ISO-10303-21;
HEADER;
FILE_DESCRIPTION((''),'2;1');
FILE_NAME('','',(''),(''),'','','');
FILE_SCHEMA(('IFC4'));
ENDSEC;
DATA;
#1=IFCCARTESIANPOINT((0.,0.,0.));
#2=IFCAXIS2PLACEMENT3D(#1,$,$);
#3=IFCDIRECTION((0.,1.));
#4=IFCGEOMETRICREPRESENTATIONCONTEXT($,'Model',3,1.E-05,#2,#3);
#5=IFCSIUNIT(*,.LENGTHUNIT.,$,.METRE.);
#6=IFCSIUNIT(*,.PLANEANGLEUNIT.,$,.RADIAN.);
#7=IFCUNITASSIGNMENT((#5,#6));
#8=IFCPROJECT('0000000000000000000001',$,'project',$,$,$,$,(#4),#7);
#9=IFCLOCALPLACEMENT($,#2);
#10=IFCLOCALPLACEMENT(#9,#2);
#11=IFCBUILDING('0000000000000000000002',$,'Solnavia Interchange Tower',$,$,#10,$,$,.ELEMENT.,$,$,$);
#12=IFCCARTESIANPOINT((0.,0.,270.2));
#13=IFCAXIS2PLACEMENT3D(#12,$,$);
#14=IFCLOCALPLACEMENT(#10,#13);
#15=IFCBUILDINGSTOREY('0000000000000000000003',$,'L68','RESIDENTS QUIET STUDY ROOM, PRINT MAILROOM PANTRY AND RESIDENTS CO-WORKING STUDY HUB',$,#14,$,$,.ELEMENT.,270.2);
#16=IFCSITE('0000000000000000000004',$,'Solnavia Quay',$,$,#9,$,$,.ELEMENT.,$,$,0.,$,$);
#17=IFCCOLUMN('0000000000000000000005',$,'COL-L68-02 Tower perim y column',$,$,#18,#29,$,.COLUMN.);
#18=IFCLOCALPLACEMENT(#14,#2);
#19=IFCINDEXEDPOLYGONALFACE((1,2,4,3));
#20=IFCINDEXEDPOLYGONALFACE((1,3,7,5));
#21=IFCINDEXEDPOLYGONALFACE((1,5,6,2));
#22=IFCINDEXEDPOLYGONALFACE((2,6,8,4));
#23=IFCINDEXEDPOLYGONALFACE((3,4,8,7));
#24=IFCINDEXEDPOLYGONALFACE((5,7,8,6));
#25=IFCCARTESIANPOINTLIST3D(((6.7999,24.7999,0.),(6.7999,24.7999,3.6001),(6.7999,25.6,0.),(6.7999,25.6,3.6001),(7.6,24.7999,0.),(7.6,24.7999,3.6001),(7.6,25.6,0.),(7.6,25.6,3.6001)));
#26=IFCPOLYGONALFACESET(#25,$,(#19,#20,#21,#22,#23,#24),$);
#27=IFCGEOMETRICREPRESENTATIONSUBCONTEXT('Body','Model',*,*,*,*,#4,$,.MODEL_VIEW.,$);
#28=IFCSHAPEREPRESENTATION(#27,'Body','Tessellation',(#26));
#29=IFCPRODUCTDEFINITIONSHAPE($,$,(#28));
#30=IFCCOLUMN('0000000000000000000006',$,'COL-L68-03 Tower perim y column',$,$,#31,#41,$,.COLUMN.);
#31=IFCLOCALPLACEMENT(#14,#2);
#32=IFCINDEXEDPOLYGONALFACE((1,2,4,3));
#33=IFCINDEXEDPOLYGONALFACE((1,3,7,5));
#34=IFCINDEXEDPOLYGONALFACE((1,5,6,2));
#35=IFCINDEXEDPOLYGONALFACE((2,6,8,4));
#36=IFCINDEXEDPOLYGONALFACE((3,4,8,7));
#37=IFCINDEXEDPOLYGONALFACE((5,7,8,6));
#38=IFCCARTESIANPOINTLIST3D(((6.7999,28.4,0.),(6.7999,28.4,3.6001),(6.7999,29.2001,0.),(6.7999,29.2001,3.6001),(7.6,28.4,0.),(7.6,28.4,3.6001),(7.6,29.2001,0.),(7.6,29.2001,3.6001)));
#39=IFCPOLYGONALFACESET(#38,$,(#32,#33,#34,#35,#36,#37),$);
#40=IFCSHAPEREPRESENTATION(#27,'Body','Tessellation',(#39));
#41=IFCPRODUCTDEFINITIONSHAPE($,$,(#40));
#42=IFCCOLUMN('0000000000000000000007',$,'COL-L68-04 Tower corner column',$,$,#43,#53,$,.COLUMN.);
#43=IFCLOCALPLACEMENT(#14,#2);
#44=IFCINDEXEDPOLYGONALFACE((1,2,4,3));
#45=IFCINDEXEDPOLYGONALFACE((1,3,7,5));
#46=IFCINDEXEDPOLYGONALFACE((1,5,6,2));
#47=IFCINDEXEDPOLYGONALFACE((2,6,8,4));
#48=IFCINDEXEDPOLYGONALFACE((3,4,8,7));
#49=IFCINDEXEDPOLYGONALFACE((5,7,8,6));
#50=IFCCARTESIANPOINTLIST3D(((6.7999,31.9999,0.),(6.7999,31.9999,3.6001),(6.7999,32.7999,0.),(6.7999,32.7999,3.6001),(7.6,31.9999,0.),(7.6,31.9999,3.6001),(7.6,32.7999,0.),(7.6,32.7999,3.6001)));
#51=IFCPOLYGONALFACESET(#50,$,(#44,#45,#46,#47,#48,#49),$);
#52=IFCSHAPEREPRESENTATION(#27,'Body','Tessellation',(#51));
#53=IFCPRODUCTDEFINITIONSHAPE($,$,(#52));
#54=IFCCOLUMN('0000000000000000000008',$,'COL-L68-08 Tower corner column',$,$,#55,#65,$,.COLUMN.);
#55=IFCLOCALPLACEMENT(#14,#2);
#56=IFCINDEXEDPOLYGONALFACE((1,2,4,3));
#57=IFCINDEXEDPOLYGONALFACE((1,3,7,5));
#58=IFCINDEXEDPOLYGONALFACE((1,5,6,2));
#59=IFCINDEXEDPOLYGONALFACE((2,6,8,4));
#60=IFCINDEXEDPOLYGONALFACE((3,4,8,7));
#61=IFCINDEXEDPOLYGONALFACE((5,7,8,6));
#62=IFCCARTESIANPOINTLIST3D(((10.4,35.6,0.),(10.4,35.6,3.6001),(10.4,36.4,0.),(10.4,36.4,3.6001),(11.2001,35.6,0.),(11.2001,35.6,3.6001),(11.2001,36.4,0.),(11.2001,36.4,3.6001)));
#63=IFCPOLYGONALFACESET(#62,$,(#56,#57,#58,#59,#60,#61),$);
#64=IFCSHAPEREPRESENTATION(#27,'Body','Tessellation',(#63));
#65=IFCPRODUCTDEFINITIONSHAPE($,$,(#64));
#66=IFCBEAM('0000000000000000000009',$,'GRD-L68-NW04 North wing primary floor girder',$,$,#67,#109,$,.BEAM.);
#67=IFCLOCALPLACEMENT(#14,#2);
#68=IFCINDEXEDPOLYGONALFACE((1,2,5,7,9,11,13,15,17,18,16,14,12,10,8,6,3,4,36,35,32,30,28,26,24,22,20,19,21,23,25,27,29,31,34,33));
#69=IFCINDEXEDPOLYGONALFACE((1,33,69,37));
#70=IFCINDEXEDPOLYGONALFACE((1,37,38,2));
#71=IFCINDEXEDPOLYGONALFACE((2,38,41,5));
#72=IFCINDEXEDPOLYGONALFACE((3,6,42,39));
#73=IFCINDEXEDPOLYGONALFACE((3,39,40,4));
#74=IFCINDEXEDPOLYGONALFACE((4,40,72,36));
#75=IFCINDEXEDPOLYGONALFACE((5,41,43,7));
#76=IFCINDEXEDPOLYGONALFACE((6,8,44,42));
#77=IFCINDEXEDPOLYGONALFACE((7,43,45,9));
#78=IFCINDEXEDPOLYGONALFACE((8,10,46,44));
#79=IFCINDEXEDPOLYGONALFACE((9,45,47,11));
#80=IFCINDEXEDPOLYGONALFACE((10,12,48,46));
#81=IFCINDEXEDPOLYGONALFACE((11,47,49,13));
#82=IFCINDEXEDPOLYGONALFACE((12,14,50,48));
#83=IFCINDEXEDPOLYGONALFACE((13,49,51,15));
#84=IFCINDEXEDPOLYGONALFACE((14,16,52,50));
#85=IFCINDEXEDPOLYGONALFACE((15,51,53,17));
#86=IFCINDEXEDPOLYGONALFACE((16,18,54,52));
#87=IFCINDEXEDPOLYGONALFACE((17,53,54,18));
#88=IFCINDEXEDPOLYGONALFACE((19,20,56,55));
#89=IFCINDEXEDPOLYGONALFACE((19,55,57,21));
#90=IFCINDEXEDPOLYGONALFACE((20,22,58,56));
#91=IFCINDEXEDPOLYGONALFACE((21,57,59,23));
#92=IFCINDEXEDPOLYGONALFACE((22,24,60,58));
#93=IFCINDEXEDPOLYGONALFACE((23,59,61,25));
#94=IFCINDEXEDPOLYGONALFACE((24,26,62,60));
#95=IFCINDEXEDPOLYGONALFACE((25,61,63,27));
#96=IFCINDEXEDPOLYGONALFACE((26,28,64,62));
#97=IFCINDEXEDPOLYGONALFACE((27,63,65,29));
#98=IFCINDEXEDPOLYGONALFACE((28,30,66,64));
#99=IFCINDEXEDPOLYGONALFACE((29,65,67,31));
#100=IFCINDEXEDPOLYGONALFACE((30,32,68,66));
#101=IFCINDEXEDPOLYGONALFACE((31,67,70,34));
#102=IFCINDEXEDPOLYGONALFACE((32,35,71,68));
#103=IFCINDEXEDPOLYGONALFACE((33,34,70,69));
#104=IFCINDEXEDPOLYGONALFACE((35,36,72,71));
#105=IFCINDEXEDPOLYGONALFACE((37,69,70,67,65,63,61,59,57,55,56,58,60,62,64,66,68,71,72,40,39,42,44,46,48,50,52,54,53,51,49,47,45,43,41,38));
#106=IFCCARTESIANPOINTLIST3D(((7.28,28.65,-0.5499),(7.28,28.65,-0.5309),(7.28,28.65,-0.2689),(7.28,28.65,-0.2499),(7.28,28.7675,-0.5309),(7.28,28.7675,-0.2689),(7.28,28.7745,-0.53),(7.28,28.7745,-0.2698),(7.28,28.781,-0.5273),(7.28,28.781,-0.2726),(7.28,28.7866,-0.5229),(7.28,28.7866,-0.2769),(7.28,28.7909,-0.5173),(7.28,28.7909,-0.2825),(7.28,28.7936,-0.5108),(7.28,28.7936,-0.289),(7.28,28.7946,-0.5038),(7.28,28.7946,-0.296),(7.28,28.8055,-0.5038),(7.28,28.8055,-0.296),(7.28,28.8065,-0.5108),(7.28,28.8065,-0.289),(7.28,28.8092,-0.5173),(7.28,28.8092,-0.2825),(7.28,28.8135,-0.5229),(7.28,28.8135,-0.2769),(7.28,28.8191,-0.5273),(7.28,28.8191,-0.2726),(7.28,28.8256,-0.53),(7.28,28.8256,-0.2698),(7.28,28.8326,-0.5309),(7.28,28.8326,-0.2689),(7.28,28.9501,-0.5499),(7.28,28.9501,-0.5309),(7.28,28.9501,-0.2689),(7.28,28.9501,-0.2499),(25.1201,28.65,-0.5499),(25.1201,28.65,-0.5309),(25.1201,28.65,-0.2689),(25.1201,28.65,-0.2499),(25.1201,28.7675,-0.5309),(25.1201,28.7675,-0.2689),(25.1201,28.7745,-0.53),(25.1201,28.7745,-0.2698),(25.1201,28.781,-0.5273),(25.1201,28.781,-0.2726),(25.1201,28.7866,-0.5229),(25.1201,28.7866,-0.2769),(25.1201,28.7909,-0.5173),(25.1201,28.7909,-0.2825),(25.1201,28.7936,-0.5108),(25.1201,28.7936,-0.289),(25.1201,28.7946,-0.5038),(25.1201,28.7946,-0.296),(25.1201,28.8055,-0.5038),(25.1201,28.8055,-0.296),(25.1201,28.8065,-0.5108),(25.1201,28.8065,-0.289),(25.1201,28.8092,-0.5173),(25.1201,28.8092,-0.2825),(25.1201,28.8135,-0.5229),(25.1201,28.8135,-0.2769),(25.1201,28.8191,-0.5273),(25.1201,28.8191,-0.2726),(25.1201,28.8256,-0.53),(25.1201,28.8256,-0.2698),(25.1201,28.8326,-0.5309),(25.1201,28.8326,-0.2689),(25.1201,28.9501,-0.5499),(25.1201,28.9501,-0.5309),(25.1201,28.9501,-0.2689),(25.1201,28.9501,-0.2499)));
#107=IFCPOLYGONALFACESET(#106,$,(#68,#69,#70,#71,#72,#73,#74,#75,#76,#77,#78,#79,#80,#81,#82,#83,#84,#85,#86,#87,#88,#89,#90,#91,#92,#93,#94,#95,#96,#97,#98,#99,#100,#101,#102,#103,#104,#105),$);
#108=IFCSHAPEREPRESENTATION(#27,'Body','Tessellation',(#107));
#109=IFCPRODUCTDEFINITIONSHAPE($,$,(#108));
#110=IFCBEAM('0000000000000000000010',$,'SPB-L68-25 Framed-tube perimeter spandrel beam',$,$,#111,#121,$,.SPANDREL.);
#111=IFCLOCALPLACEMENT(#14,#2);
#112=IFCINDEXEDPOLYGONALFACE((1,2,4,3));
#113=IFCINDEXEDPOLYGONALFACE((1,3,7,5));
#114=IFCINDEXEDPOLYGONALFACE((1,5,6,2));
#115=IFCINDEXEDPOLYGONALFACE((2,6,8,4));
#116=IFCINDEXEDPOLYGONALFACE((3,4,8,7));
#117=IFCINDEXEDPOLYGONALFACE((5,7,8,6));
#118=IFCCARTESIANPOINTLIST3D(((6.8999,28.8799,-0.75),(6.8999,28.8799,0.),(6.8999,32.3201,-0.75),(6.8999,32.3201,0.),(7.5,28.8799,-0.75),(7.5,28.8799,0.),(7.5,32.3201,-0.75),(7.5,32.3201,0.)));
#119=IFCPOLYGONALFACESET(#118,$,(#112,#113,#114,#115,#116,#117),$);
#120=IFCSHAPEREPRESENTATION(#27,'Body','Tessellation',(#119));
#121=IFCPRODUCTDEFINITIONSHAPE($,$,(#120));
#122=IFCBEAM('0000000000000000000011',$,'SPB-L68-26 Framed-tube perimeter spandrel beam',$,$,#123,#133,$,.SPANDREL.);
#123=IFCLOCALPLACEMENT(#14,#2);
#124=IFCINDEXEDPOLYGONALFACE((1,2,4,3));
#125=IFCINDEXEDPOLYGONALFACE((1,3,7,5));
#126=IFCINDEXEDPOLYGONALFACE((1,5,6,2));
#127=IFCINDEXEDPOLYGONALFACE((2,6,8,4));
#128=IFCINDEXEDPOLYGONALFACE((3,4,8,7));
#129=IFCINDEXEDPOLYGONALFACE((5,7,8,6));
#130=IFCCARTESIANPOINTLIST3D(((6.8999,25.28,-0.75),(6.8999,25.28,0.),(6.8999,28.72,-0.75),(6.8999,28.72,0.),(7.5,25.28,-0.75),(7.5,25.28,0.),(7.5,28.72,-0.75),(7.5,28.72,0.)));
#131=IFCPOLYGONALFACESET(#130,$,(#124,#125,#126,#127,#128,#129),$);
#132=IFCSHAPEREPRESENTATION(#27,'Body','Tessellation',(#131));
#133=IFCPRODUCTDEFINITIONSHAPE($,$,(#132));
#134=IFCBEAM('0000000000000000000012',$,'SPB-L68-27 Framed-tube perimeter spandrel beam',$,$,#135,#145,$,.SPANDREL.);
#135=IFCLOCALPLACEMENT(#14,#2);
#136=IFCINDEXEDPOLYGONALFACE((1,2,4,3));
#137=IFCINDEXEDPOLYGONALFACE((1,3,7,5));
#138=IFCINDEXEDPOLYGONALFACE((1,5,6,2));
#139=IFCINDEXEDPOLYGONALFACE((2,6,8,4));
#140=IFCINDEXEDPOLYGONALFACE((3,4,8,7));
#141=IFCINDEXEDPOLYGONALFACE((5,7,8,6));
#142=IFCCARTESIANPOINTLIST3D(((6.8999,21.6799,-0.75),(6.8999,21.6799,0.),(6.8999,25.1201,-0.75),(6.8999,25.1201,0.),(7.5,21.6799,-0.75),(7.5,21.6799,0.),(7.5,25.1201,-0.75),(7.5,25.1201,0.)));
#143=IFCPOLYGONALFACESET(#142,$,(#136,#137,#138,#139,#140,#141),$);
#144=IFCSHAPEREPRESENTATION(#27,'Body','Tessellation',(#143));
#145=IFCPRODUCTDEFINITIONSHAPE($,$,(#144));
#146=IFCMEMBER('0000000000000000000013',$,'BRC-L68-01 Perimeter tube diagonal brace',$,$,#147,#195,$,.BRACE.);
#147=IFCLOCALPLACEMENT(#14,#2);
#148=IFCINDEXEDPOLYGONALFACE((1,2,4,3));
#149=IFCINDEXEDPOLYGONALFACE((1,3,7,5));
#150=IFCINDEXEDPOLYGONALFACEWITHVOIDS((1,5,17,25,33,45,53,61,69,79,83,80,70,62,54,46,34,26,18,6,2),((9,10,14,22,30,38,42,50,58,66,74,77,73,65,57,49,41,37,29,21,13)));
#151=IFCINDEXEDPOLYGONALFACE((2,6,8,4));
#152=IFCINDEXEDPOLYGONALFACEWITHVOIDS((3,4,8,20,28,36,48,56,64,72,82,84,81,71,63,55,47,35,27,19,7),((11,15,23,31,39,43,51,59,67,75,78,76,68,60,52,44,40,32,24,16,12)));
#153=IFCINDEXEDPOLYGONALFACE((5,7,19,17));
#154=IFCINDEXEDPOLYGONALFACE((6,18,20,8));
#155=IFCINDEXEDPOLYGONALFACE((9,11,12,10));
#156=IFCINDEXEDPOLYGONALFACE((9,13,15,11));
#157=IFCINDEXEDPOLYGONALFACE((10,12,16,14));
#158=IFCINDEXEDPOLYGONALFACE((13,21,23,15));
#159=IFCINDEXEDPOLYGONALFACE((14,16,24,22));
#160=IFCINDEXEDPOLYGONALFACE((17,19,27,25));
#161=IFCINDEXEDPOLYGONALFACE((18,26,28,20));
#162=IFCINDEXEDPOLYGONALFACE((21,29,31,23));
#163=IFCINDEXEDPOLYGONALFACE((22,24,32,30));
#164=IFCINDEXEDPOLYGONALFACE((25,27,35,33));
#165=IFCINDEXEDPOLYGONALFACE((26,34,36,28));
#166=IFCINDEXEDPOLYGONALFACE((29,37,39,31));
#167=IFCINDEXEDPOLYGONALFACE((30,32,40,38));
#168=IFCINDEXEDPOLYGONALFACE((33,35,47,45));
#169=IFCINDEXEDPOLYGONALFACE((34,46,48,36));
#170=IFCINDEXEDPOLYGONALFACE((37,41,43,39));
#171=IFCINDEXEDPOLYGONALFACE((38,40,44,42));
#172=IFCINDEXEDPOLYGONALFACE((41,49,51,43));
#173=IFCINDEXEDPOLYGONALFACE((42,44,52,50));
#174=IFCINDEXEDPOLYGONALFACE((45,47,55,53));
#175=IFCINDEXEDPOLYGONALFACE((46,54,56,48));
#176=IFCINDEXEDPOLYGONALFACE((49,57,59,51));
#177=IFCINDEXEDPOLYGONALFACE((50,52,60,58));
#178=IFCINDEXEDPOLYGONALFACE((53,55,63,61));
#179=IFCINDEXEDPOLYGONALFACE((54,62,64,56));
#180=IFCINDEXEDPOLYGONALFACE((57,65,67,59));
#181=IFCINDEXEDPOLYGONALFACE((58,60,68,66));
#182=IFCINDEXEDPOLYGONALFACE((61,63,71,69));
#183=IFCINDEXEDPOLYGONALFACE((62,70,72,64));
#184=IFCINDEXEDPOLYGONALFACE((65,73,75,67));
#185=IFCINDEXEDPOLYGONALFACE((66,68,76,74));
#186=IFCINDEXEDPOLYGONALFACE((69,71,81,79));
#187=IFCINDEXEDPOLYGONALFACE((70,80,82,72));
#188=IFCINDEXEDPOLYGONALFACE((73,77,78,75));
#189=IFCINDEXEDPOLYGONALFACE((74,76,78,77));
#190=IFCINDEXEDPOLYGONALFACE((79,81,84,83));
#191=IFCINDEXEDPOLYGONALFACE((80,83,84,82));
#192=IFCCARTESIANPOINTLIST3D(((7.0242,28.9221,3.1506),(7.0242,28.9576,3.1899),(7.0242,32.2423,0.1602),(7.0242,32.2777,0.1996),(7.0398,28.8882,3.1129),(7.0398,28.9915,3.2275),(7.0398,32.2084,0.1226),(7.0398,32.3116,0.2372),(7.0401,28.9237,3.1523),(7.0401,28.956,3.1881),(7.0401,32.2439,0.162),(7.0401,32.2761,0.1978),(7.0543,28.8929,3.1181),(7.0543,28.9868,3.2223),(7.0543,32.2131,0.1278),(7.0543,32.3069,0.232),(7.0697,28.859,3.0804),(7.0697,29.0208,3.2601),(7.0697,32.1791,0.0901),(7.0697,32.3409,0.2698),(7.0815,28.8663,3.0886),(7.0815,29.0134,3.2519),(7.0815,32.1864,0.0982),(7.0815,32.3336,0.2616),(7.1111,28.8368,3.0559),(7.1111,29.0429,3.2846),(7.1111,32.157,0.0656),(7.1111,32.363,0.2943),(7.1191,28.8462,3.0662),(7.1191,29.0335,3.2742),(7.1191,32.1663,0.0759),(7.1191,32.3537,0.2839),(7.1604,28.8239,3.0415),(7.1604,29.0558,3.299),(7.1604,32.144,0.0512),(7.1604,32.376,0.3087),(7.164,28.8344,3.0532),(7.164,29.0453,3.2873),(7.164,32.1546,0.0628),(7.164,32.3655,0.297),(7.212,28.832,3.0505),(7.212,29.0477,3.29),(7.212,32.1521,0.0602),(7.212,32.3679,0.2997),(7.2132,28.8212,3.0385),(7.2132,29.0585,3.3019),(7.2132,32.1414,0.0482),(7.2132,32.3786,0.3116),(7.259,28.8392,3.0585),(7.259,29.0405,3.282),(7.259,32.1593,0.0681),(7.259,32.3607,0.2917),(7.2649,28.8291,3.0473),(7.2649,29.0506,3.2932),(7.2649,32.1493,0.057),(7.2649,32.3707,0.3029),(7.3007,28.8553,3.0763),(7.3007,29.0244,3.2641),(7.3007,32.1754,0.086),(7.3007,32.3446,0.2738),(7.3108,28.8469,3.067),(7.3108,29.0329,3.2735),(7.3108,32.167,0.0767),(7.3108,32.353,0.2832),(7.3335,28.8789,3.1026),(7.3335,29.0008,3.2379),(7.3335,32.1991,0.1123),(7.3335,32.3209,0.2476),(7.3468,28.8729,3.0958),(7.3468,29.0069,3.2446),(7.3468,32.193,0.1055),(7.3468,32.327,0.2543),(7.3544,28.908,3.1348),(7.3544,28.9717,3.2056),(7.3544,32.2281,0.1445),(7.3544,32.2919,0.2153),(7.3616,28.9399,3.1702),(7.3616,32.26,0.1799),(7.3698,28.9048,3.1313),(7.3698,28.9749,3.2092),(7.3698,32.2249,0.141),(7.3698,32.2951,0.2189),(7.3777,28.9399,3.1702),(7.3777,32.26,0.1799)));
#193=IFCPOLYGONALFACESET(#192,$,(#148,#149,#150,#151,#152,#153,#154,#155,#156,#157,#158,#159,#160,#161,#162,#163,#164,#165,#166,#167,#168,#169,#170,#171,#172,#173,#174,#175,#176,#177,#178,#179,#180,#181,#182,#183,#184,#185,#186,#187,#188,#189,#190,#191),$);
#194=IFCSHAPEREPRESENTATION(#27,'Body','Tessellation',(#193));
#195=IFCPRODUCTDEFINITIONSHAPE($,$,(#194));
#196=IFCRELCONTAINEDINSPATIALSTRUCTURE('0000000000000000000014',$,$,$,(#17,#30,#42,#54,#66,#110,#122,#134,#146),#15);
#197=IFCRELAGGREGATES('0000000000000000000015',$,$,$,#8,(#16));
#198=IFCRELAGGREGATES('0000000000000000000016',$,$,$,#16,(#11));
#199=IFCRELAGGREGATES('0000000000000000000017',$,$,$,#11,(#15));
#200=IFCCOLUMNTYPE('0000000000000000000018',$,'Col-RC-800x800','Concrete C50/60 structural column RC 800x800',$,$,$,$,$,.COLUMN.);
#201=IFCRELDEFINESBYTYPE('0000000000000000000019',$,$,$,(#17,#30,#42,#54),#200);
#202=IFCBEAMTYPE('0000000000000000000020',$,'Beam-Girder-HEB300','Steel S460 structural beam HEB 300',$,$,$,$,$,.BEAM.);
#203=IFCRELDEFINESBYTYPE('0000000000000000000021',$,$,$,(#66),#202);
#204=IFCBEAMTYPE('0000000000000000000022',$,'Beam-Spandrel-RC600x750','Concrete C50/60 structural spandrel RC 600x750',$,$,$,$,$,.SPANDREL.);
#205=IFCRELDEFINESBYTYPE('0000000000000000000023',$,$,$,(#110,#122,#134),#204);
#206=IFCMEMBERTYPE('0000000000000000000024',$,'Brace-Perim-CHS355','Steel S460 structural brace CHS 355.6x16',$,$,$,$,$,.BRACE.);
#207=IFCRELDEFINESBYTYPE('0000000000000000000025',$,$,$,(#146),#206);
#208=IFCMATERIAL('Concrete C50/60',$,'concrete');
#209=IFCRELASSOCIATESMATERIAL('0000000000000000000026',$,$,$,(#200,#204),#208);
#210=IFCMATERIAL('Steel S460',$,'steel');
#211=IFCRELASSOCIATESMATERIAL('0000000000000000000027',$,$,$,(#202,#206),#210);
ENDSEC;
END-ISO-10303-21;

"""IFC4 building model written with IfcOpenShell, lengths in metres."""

from ifc_helpers import new_model, si_unit, direction, frame, origin, origin_2d, place, context, subcontext, project, spatial, rectangle, hollow_circle, i_section, extrude, material, material_profile, profile_set, type_object, element, save


model = new_model("IFC4")

# Units and contexts
model_context = context("Model", 3, precision=1e-05, world=origin(), true_north=direction((0.0, 1.0)))
body_context = subcontext(model_context, "Body", "Model", "MODEL_VIEW")
ifc_project = project(units=[si_unit("LENGTHUNIT", "METRE"), si_unit("PLANEANGLEUNIT", "RADIAN")], contexts=[model_context])

# Site, building, storey
site_placement = place(None, origin())
site = spatial("IfcSite", under=ifc_project, at=site_placement, Name="Solnavia Quay", CompositionType="ELEMENT", RefElevation=0.0)
building_placement = place(site_placement, origin())
building = spatial("IfcBuilding", under=site, at=building_placement, Name="Solnavia Interchange Tower", CompositionType="ELEMENT")
storey_placement = place(building_placement, frame((0.0, 0.0, 270.2)))
storey = spatial("IfcBuildingStorey", under=building, at=storey_placement, Name="L68", Description="RESIDENTS QUIET STUDY ROOM, PRINT MAILROOM PANTRY AND RESIDENTS CO-WORKING STUDY HUB", CompositionType="ELEMENT", Elevation=270.2)

# Columns
ifc_material_1 = material(Name="Concrete C50/60", Category="concrete")
ifc_material_profile_1 = material_profile(ifc_material_1, rectangle(XDim=0.8, YDim=0.8, at=origin_2d()), Name="RC 800x800")
ifc_profile_set_1 = profile_set([ifc_material_profile_1], Name="Concrete C50/60")
column_type = type_object("IfcColumnType", Name="Col-RC-800x800", Description="Concrete C50/60 structural column RC 800x800", PredefinedType="COLUMN", material=ifc_profile_set_1)
for number, where, z_axis, x_axis, name in (
    (1, (7.2, 25.2, 0.0), (0.0, 0.0, 1.0), (0.0, 1.0, 0.0), "COL-L68-02 Tower perim y column"),
    (2, (7.2, 28.8, 0.0), (0.0, 0.0, 1.0), (0.0, 1.0, 0.0), "COL-L68-03 Tower perim y column"),
    (3, (7.2, 32.3999, 0.0), (0.0, 0.0, 1.0), (0.0, 1.0, 0.0), "COL-L68-04 Tower corner column"),
    (4, (10.8, 36.0, 0.0), (0.0, 0.0, 1.0), (1.0, 0.0, 0.0), "COL-L68-08 Tower corner column"),
):
    element("IfcColumn", number, at=place(storey_placement, frame(where, z_axis=z_axis, x_axis=x_axis)), inside=storey, type_object=column_type, Name=name, PredefinedType="COLUMN", context=body_context, shape_type="SweptSolid", body=[
        extrude(rectangle(XDim=0.8, YDim=0.8, at=origin_2d()), origin(), (0.0, 0.0, 1.0), 3.6001),
    ])

# Beams
ifc_material_2 = material(Name="Steel S460", Category="steel")
ifc_material_profile_2 = material_profile(ifc_material_2, i_section(OverallWidth=0.3, OverallDepth=0.3, WebThickness=0.011, FlangeThickness=0.019, FilletRadius=0.0271, at=origin_2d()), Name="HEB 300")
ifc_profile_set_2 = profile_set([ifc_material_profile_2], Name="Steel S460")
beam_type_1 = type_object("IfcBeamType", Name="Beam-Girder-HEB300", Description="Steel S460 structural beam HEB 300", PredefinedType="BEAM", material=ifc_profile_set_2)
beam_1_placement = place(storey_placement, frame((7.28, 28.8, -0.3999), z_axis=(1.0, 0.0, 0.0), x_axis=(0.0, 1.0, 0.0)))
element("IfcBeam", 5, at=beam_1_placement, inside=storey, type_object=beam_type_1, Name="GRD-L68-NW04 North wing primary floor girder", PredefinedType="BEAM", context=body_context, shape_type="SweptSolid", body=[
    extrude(i_section(OverallWidth=0.3, OverallDepth=0.3, WebThickness=0.011, FlangeThickness=0.019, FilletRadius=0.0271, at=origin_2d()), origin(), (0.0, 0.0, 1.0), 17.8401),
])
ifc_material_profile_3 = material_profile(ifc_material_1, rectangle(XDim=0.6001, YDim=0.75, at=origin_2d()), Name="RC 600x750")
ifc_profile_set_3 = profile_set([ifc_material_profile_3], Name="Concrete C50/60")
beam_type_2 = type_object("IfcBeamType", Name="Beam-Spandrel-RC600x750", Description="Concrete C50/60 structural spandrel RC 600x750", PredefinedType="SPANDREL", material=ifc_profile_set_3)
beam_2_placement = place(storey_placement, frame((7.2, 32.3201, -0.375), z_axis=(0.0, -1.0, 0.0), x_axis=(1.0, 0.0, 0.0)))
element("IfcBeam", 6, at=beam_2_placement, inside=storey, type_object=beam_type_2, Name="SPB-L68-25 Framed-tube perimeter spandrel beam", PredefinedType="SPANDREL", context=body_context, shape_type="SweptSolid", body=[
    extrude(rectangle(XDim=0.6001, YDim=0.75, at=origin_2d()), origin(), (0.0, 0.0, 1.0), 3.4402),
])
beam_3_placement = place(storey_placement, frame((7.2, 28.72, -0.375), z_axis=(0.0, -1.0, 0.0), x_axis=(1.0, 0.0, 0.0)))
element("IfcBeam", 7, at=beam_3_placement, inside=storey, type_object=beam_type_2, Name="SPB-L68-26 Framed-tube perimeter spandrel beam", PredefinedType="SPANDREL", context=body_context, shape_type="SweptSolid", body=[
    extrude(rectangle(XDim=0.6001, YDim=0.75, at=origin_2d()), origin(), (0.0, 0.0, 1.0), 3.4399),
])
beam_4_placement = place(storey_placement, frame((7.2, 25.1201, -0.375), z_axis=(0.0, -1.0, 0.0), x_axis=(1.0, 0.0, 0.0)))
element("IfcBeam", 8, at=beam_4_placement, inside=storey, type_object=beam_type_2, Name="SPB-L68-27 Framed-tube perimeter spandrel beam", PredefinedType="SPANDREL", context=body_context, shape_type="SweptSolid", body=[
    extrude(rectangle(XDim=0.6001, YDim=0.75, at=origin_2d()), origin(), (0.0, 0.0, 1.0), 3.4402),
])

# Member
ifc_material_profile_4 = material_profile(ifc_material_2, hollow_circle(Radius=0.1777, WallThickness=0.0161, at=origin_2d()), Name="CHS 355.6x16")
ifc_profile_set_4 = profile_set([ifc_material_profile_4], Name="Steel S460")
member_type = type_object("IfcMemberType", Name="Brace-Perim-CHS355", Description="Steel S460 structural brace CHS 355.6x16", PredefinedType="BRACE", material=ifc_profile_set_4)
for number, where, z_axis, x_axis, name in (
    (9, (7.2, 32.26, 0.1799), (0.0, -0.743052, 0.669233), (1.0, 0.0, 0.0), "BRC-L68-01 Perimeter tube diagonal brace"),
):
    element("IfcMember", number, at=place(storey_placement, frame(where, z_axis=z_axis, x_axis=x_axis)), inside=storey, type_object=member_type, Name=name, PredefinedType="BRACE", context=body_context, shape_type="SweptSolid", body=[
        extrude(hollow_circle(Radius=0.1777, WallThickness=0.0161, at=origin_2d()), origin(), (0.0, 0.0, 1.0), 4.4683),
    ])

save(model, "model.ifc")
